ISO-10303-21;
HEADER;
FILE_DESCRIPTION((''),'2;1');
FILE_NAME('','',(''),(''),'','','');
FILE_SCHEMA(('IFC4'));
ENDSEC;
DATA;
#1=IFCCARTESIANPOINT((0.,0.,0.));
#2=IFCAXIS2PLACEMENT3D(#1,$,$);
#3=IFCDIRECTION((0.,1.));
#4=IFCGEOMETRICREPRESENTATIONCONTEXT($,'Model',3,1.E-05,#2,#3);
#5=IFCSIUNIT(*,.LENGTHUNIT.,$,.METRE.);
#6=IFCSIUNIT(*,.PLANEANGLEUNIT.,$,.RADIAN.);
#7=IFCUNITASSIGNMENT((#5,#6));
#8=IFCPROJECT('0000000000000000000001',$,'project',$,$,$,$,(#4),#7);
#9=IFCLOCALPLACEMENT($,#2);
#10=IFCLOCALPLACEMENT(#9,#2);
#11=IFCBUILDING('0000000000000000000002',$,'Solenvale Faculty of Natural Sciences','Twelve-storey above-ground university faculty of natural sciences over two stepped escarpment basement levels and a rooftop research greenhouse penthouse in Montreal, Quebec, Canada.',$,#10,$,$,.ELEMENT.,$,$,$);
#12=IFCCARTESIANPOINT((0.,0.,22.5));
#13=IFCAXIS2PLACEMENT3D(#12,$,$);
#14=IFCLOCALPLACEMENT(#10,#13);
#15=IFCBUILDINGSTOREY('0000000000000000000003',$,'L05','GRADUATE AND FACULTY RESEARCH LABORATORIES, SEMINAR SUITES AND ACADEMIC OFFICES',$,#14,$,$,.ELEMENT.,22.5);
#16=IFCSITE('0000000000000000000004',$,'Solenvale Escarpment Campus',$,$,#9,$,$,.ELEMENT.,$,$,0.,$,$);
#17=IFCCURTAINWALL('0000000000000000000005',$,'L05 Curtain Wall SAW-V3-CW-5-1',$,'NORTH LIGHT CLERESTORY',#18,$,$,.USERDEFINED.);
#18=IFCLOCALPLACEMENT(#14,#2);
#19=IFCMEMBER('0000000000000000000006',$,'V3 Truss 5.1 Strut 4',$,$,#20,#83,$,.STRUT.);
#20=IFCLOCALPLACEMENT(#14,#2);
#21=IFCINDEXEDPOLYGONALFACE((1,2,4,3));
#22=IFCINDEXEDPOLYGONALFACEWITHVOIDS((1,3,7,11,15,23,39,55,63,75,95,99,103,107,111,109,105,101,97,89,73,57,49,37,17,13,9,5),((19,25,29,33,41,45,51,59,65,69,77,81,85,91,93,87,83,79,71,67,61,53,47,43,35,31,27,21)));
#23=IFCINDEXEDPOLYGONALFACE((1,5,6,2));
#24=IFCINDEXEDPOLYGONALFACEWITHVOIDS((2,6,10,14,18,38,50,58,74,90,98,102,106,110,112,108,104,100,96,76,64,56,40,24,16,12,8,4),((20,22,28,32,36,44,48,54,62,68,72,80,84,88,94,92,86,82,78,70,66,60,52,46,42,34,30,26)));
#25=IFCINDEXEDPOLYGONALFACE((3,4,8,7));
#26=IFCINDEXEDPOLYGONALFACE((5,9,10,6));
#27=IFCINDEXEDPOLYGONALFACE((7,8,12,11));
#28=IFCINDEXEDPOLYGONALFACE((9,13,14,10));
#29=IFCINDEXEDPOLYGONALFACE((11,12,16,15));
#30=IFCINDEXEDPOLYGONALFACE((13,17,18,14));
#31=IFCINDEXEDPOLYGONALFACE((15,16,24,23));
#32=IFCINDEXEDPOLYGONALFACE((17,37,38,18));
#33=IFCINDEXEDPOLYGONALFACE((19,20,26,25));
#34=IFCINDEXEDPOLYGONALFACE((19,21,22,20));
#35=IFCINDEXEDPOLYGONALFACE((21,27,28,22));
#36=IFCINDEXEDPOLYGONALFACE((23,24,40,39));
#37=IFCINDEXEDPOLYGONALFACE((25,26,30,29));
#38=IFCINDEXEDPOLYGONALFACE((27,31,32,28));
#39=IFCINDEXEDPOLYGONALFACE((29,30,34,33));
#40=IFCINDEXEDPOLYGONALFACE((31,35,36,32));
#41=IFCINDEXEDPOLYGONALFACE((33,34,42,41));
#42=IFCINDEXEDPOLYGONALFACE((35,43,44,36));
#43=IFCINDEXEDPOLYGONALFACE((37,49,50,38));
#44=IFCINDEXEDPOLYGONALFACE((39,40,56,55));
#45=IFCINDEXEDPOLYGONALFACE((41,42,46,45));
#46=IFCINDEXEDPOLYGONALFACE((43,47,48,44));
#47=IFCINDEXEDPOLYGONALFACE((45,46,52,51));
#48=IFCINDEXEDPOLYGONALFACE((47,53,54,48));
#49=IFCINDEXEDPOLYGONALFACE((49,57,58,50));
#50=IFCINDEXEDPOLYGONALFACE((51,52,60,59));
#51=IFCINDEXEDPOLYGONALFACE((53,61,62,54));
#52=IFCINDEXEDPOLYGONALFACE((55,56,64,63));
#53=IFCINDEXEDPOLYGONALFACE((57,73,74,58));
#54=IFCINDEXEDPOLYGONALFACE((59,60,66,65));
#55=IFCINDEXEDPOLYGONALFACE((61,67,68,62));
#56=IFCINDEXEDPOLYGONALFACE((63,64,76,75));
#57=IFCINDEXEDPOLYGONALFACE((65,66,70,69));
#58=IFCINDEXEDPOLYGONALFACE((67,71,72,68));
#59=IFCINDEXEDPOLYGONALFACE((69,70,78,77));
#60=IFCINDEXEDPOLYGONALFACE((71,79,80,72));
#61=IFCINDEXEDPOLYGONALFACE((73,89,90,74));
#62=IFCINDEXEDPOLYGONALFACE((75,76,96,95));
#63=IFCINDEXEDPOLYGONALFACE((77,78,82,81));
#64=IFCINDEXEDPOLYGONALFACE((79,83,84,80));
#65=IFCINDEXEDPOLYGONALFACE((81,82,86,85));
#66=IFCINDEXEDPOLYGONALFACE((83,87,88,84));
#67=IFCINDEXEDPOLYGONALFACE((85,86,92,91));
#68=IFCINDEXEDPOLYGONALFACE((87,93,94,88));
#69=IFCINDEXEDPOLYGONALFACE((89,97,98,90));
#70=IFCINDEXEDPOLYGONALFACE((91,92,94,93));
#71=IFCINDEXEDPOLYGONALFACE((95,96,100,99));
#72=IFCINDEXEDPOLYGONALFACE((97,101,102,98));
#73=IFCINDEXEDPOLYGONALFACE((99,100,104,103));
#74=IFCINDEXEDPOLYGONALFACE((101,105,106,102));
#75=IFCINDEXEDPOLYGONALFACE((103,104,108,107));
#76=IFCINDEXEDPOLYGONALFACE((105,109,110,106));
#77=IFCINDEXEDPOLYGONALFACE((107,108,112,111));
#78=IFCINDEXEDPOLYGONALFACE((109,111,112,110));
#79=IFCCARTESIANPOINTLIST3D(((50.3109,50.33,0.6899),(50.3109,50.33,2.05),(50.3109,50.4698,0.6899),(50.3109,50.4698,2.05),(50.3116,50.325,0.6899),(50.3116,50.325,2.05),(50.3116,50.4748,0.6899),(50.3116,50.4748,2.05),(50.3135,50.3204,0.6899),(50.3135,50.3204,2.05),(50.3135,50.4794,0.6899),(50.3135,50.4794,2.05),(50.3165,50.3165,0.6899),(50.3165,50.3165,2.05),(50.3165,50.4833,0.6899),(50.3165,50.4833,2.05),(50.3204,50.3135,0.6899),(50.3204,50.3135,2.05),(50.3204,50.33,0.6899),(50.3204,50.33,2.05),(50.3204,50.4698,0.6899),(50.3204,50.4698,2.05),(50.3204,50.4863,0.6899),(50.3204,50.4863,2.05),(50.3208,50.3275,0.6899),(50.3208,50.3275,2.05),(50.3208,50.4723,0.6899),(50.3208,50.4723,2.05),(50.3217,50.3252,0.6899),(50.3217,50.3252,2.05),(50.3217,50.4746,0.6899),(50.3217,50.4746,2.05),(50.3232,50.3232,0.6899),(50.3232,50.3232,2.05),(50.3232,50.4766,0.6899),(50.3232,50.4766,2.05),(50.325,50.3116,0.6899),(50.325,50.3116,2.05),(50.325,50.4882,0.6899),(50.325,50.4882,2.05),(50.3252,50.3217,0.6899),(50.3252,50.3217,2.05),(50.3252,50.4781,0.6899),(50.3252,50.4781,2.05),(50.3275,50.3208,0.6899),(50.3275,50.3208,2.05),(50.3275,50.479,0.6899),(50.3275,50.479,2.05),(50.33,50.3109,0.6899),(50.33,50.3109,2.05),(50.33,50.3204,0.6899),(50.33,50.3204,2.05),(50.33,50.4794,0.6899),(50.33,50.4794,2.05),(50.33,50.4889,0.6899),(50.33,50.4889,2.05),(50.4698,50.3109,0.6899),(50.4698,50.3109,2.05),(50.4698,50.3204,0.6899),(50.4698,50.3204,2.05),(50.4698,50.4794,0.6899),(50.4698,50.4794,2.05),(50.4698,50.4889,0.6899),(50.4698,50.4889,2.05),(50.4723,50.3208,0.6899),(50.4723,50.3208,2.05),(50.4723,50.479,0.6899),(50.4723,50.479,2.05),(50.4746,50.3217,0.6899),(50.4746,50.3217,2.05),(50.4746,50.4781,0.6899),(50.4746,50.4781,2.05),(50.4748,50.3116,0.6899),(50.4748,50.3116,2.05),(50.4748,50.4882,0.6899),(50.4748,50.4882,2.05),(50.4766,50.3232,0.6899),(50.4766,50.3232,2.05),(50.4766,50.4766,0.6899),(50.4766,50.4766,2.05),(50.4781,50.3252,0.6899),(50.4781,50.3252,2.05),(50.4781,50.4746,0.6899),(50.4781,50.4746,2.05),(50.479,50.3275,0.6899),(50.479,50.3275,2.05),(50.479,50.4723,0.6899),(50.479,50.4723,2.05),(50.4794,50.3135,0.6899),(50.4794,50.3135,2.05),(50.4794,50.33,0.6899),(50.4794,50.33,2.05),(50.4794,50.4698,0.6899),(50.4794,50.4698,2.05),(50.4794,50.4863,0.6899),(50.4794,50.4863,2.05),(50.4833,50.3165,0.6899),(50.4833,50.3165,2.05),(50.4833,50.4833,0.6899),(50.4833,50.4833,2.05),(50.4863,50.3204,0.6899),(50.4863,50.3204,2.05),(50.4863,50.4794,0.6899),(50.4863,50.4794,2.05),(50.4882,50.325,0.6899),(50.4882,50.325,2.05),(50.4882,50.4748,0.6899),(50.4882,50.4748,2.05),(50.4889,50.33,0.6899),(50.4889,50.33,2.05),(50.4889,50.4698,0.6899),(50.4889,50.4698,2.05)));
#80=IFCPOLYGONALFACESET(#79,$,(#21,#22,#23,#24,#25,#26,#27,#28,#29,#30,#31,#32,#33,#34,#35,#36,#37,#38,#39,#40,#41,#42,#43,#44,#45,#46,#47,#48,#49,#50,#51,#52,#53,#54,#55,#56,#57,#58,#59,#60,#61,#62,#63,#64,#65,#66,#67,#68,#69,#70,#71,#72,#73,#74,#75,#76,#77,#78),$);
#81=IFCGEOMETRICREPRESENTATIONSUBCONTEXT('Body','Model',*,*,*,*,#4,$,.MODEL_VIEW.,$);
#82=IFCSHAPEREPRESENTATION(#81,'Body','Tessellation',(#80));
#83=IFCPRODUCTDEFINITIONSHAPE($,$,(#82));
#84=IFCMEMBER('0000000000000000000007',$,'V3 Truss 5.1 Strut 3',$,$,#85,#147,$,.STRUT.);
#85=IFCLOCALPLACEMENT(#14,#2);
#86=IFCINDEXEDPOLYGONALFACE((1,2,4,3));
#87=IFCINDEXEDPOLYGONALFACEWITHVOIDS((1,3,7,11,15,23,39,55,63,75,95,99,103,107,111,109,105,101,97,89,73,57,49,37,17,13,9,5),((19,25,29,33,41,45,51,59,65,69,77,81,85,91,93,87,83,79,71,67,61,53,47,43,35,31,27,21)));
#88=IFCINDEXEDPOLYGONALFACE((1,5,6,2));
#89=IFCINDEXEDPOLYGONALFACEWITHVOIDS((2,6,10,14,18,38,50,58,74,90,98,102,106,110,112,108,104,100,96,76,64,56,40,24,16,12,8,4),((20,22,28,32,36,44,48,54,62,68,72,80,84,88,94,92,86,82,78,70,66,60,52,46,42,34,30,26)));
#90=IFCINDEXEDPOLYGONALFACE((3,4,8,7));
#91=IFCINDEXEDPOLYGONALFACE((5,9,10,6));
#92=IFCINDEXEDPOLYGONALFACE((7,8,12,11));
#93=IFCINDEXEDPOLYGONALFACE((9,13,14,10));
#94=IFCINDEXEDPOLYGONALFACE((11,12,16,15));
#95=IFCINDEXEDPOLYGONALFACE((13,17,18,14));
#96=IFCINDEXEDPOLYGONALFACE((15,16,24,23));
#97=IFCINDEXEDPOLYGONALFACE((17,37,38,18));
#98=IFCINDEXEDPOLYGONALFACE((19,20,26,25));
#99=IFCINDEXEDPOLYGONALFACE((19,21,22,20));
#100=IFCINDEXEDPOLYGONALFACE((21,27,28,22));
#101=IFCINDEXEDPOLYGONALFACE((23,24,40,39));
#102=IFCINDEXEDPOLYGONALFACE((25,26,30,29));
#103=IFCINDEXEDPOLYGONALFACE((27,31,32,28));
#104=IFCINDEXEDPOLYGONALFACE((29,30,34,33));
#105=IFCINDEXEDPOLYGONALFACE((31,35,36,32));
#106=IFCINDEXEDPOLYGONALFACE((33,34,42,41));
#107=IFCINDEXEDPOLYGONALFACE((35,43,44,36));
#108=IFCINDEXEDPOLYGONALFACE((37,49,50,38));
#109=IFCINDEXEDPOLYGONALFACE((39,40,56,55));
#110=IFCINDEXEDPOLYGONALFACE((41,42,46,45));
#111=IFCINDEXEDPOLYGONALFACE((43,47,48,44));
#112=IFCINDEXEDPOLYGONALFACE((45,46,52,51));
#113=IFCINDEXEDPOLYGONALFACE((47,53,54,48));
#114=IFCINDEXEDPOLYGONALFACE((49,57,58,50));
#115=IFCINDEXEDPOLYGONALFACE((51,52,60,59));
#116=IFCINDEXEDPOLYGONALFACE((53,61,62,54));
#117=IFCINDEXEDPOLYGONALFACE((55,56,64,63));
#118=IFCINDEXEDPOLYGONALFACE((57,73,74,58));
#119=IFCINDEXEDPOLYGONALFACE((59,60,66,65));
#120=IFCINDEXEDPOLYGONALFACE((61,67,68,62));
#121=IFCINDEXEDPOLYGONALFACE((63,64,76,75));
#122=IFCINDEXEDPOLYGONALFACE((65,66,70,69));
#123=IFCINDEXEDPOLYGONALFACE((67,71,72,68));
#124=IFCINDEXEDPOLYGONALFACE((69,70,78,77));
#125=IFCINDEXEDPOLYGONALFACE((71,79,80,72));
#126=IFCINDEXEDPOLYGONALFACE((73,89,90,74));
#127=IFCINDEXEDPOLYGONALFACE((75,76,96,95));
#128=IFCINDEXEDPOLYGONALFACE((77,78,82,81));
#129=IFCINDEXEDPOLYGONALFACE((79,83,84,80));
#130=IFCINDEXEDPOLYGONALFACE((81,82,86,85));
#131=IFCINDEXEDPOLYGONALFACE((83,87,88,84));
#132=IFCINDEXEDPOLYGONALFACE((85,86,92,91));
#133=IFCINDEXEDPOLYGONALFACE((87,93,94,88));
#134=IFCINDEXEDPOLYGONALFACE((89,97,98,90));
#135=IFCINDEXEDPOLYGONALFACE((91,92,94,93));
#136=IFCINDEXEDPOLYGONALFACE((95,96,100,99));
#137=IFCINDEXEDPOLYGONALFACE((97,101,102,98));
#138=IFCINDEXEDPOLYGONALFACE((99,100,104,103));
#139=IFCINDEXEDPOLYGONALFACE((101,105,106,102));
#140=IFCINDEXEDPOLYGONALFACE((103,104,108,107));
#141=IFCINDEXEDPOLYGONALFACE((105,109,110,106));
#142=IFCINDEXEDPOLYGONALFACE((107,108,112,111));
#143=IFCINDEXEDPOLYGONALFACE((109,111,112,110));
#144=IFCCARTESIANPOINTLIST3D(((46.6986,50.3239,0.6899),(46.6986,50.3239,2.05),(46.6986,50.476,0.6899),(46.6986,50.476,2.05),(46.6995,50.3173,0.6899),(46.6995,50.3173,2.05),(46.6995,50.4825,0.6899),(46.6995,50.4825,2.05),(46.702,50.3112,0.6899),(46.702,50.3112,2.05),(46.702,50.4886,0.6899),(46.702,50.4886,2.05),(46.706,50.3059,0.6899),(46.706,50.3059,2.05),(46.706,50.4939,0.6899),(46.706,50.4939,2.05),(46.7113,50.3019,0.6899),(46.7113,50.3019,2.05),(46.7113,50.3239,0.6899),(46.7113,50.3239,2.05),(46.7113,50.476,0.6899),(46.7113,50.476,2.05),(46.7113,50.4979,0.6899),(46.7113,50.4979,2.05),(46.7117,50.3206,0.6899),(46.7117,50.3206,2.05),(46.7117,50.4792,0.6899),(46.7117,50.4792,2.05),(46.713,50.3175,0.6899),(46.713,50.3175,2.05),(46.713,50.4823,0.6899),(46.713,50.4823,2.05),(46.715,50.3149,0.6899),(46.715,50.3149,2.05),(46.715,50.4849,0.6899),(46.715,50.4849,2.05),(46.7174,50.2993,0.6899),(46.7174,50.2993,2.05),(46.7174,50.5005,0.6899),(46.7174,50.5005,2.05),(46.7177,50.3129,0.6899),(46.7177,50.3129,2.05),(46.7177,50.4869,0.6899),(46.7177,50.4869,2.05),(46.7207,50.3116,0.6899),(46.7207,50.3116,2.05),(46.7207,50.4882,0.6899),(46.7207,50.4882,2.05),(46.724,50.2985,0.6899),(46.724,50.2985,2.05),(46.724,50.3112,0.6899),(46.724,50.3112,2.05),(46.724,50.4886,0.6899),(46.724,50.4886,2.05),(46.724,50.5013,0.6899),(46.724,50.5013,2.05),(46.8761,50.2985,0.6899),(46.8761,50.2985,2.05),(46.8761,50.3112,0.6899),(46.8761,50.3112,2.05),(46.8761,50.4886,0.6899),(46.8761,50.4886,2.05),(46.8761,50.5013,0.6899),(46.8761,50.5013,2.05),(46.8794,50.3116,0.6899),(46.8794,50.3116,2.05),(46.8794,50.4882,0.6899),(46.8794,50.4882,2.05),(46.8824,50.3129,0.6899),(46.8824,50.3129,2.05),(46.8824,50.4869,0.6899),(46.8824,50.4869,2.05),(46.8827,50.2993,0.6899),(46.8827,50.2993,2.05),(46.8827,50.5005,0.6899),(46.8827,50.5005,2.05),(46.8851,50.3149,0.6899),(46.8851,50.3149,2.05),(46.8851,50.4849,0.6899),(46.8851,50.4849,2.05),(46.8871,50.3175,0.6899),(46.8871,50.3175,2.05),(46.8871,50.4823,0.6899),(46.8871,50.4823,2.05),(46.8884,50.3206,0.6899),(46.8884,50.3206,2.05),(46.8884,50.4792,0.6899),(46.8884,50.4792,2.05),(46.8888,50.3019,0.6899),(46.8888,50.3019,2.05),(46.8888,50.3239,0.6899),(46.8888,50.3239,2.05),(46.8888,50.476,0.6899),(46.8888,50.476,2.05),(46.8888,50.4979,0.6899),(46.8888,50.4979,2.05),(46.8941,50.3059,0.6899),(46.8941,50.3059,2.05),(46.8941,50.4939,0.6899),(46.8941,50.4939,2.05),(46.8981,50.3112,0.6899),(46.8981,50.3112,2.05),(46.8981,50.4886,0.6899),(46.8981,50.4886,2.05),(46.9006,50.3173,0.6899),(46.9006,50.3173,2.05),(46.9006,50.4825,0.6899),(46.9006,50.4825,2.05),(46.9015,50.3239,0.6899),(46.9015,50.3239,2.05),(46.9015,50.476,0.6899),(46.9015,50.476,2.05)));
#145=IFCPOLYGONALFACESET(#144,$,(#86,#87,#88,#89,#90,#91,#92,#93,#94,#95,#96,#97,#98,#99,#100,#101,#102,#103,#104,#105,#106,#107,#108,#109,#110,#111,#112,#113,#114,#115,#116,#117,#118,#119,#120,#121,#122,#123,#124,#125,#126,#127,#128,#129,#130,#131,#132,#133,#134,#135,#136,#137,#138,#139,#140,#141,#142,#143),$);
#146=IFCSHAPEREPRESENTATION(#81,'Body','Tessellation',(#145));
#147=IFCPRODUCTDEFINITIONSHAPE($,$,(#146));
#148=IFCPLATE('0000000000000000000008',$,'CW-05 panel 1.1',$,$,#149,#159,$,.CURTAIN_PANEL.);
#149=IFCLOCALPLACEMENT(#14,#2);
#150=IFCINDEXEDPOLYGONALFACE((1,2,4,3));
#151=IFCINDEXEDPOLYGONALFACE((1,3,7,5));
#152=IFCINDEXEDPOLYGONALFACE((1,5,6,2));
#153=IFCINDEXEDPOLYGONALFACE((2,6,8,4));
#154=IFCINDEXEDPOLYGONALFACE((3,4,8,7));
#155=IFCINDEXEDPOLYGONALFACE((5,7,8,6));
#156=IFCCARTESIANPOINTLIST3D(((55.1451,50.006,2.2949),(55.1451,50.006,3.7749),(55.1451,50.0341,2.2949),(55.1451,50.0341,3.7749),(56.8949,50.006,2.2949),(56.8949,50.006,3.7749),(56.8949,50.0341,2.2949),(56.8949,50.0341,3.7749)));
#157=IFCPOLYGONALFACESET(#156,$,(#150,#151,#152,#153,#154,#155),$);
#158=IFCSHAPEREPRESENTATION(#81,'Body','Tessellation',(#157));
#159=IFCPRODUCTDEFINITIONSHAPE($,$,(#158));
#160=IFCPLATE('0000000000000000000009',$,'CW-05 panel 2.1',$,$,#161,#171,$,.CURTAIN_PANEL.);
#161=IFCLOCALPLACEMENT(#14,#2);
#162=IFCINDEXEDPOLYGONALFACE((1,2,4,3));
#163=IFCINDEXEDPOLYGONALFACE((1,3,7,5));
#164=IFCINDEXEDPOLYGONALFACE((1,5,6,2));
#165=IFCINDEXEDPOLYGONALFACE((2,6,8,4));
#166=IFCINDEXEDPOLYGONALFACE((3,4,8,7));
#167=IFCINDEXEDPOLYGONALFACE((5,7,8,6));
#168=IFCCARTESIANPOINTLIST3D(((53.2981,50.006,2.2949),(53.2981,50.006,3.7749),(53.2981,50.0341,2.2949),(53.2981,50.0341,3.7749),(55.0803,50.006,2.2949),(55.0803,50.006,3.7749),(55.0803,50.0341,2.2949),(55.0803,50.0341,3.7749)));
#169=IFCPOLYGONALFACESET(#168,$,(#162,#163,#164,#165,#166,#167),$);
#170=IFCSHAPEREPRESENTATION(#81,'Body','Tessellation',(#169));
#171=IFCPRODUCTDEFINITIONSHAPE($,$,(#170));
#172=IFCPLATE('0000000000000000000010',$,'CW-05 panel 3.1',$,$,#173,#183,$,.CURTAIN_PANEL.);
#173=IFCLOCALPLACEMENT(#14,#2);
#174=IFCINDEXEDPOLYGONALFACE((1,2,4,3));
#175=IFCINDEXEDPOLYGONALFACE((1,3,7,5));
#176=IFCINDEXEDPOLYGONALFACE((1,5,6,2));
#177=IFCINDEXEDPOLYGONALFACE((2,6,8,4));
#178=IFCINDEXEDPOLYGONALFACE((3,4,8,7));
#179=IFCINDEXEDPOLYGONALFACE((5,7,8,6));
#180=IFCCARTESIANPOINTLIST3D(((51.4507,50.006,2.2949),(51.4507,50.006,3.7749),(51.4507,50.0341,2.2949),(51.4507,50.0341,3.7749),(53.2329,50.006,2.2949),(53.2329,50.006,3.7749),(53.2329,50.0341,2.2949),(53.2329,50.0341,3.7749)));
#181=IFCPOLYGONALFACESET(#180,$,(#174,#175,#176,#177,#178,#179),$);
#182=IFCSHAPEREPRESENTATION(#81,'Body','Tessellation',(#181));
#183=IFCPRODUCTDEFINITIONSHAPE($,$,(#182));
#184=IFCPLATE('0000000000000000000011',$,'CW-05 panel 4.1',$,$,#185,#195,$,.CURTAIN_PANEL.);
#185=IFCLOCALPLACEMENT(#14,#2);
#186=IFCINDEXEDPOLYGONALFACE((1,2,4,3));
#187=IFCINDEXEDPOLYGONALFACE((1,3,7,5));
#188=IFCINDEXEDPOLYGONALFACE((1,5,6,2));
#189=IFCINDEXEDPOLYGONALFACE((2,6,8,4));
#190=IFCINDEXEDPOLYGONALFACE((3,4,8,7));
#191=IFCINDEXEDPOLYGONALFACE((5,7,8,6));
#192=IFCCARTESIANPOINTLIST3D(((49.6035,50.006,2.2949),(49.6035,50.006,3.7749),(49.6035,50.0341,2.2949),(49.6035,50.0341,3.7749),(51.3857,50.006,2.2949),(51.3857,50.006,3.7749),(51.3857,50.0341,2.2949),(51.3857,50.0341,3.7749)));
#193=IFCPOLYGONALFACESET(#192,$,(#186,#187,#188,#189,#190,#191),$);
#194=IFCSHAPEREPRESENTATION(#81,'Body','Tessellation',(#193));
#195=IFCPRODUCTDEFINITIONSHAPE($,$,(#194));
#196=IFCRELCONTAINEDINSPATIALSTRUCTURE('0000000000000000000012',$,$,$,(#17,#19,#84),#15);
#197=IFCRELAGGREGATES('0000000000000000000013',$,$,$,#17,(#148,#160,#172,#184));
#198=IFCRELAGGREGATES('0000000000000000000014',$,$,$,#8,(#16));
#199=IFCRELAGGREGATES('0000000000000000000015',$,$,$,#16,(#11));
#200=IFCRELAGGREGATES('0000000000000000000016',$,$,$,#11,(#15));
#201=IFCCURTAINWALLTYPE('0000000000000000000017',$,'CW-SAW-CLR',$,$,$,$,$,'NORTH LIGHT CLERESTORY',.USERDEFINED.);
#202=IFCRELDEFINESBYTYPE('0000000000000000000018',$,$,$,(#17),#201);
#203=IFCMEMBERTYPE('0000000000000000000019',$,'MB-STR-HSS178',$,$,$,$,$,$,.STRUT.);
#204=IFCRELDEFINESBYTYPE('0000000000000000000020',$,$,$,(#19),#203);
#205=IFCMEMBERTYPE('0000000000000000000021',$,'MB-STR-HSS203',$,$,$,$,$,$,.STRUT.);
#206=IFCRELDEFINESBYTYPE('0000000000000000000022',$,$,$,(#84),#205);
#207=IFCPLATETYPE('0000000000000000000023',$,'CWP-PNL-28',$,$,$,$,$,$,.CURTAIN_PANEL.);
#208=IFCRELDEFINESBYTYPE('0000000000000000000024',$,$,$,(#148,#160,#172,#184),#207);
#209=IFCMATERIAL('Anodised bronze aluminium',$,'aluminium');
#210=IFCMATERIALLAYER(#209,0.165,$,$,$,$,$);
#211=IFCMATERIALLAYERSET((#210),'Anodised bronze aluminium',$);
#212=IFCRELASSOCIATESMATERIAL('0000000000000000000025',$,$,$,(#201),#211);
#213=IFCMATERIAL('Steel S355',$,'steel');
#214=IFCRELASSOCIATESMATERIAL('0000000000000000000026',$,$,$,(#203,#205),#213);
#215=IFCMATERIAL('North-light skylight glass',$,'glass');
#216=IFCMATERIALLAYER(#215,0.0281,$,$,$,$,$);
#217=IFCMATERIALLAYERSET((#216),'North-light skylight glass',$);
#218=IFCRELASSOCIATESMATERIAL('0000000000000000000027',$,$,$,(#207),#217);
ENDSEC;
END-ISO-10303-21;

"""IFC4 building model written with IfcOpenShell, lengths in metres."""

from ifc_helpers import new_model, si_unit, direction, frame, origin, origin_2d, place, context, subcontext, project, spatial, rectangle, hollow_rectangle, extrude, material, layer, layer_set, material_profile, profile_set, type_object, element, aggregate, save


model = new_model("IFC4")

# Units and contexts
model_context = context("Model", 3, precision=1e-05, world=origin(), true_north=direction((0.0, 1.0)))
body_context = subcontext(model_context, "Body", "Model", "MODEL_VIEW")
ifc_project = project(units=[si_unit("LENGTHUNIT", "METRE"), si_unit("PLANEANGLEUNIT", "RADIAN")], contexts=[model_context])

# Site, building, storey
site_placement = place(None, origin())
site = spatial("IfcSite", under=ifc_project, at=site_placement, Name="Solenvale Escarpment Campus", CompositionType="ELEMENT", RefElevation=0.0)
building_placement = place(site_placement, origin())
building = spatial("IfcBuilding", under=site, at=building_placement, Name="Solenvale Faculty of Natural Sciences", Description="Twelve-storey above-ground university faculty of natural sciences over two stepped escarpment basement levels and a rooftop research greenhouse penthouse in Montreal, Quebec, Canada.", CompositionType="ELEMENT")
storey_placement = place(building_placement, frame((0.0, 0.0, 22.5)))
storey = spatial("IfcBuildingStorey", under=building, at=storey_placement, Name="L05", Description="GRADUATE AND FACULTY RESEARCH LABORATORIES, SEMINAR SUITES AND ACADEMIC OFFICES", CompositionType="ELEMENT", Elevation=22.5)

# Shared definitions
ifc_material_1 = material(Name="Steel S355", Category="steel")

# Curtain wall
ifc_material_2 = material(Name="Anodised bronze aluminium", Category="aluminium")
ifc_layer_1 = layer(ifc_material_2, 0.165)
ifc_layer_set_1 = layer_set([ifc_layer_1], Name="Anodised bronze aluminium")
curtain_wall_type = type_object("IfcCurtainWallType", Name="CW-SAW-CLR", ElementType="NORTH LIGHT CLERESTORY", PredefinedType="USERDEFINED", material=ifc_layer_set_1)
curtain_wall_placement = place(storey_placement, origin())
curtain_wall = element("IfcCurtainWall", 1, at=curtain_wall_placement, inside=storey, type_object=curtain_wall_type, Name="L05 Curtain Wall SAW-V3-CW-5-1", ObjectType="NORTH LIGHT CLERESTORY", PredefinedType="USERDEFINED")

# Members
ifc_material_profile_1 = material_profile(ifc_material_1, hollow_rectangle(XDim=0.178, YDim=0.178, WallThickness=0.0095, InnerFilletRadius=0.0095, OuterFilletRadius=0.019, at=origin_2d()), Name="HSS178x178x9.5")
ifc_profile_set_1 = profile_set([ifc_material_profile_1], Name="Steel S355")
member_type_1 = type_object("IfcMemberType", Name="MB-STR-HSS178", PredefinedType="STRUT", material=ifc_profile_set_1)
member_1_placement = place(storey_placement, frame((50.3999, 50.3999, 0.6899), z_axis=(0.0, 0.0, 1.0), x_axis=(1.0, 0.0, 0.0)))
element("IfcMember", 2, at=member_1_placement, inside=storey, type_object=member_type_1, Name="V3 Truss 5.1 Strut 4", PredefinedType="STRUT", context=body_context, shape_type="SweptSolid", body=[
    extrude(hollow_rectangle(XDim=0.178, YDim=0.178, WallThickness=0.0095, InnerFilletRadius=0.0095, OuterFilletRadius=0.019, at=origin_2d()), origin(), (0.0, 0.0, 1.0), 1.3601),
])
ifc_material_profile_2 = material_profile(ifc_material_1, hollow_rectangle(XDim=0.2029, YDim=0.2029, WallThickness=0.0127, InnerFilletRadius=0.0127, OuterFilletRadius=0.0254, at=origin_2d()), Name="HSS203x203x13")
ifc_profile_set_2 = profile_set([ifc_material_profile_2], Name="Steel S355")
member_type_2 = type_object("IfcMemberType", Name="MB-STR-HSS203", PredefinedType="STRUT", material=ifc_profile_set_2)
member_2_placement = place(storey_placement, frame((46.8, 50.3999, 0.6899), z_axis=(0.0, 0.0, 1.0), x_axis=(1.0, 0.0, 0.0)))
element("IfcMember", 3, at=member_2_placement, inside=storey, type_object=member_type_2, Name="V3 Truss 5.1 Strut 3", PredefinedType="STRUT", context=body_context, shape_type="SweptSolid", body=[
    extrude(hollow_rectangle(XDim=0.2029, YDim=0.2029, WallThickness=0.0127, InnerFilletRadius=0.0127, OuterFilletRadius=0.0254, at=origin_2d()), origin(), (0.0, 0.0, 1.0), 1.3601),
])

# Plates
ifc_material_3 = material(Name="North-light skylight glass", Category="glass")
ifc_layer_2 = layer(ifc_material_3, 0.0281)
ifc_layer_set_2 = layer_set([ifc_layer_2], Name="North-light skylight glass")
plate_type_1 = type_object("IfcPlateType", Name="CWP-PNL-28", PredefinedType="CURTAIN_PANEL", material=ifc_layer_set_2)
plate_1_placement = place(storey_placement, frame((56.02, 50.02, 2.2949), z_axis=(0.0, 0.0, 1.0), x_axis=(-1.0, 0.0, 0.0)))
plate_1 = element("IfcPlate", 4, at=plate_1_placement, type_object=plate_type_1, Name="CW-05 panel 1.1", PredefinedType="CURTAIN_PANEL", context=body_context, shape_type="SweptSolid", body=[
    extrude(rectangle(XDim=1.7498, YDim=0.0281, at=origin_2d()), origin(), (0.0, 0.0, 1.0), 1.48),
])
plate_2_placement = place(storey_placement, frame((54.1892, 50.02, 2.2949), z_axis=(0.0, 0.0, 1.0), x_axis=(-1.0, 0.0, 0.0)))
plate_2 = element("IfcPlate", 5, at=plate_2_placement, type_object=plate_type_1, Name="CW-05 panel 2.1", PredefinedType="CURTAIN_PANEL", context=body_context, shape_type="SweptSolid", body=[
    extrude(rectangle(XDim=1.7822, YDim=0.0281, at=origin_2d()), origin(), (0.0, 0.0, 1.0), 1.48),
])
plate_3_placement = place(storey_placement, frame((52.3418, 50.02, 2.2949), z_axis=(0.0, 0.0, 1.0), x_axis=(-1.0, 0.0, 0.0)))
plate_3 = element("IfcPlate", 6, at=plate_3_placement, type_object=plate_type_1, Name="CW-05 panel 3.1", PredefinedType="CURTAIN_PANEL", context=body_context, shape_type="SweptSolid", body=[
    extrude(rectangle(XDim=1.7822, YDim=0.0281, at=origin_2d()), origin(), (0.0, 0.0, 1.0), 1.48),
])
plate_4_placement = place(storey_placement, frame((50.4946, 50.02, 2.2949), z_axis=(0.0, 0.0, 1.0), x_axis=(-1.0, 0.0, 0.0)))
plate_4 = element("IfcPlate", 7, at=plate_4_placement, type_object=plate_type_1, Name="CW-05 panel 4.1", PredefinedType="CURTAIN_PANEL", context=body_context, shape_type="SweptSolid", body=[
    extrude(rectangle(XDim=1.7822, YDim=0.0281, at=origin_2d()), origin(), (0.0, 0.0, 1.0), 1.48),
])
aggregate(curtain_wall, [plate_1, plate_2, plate_3, plate_4])

save(model, "model.ifc")
